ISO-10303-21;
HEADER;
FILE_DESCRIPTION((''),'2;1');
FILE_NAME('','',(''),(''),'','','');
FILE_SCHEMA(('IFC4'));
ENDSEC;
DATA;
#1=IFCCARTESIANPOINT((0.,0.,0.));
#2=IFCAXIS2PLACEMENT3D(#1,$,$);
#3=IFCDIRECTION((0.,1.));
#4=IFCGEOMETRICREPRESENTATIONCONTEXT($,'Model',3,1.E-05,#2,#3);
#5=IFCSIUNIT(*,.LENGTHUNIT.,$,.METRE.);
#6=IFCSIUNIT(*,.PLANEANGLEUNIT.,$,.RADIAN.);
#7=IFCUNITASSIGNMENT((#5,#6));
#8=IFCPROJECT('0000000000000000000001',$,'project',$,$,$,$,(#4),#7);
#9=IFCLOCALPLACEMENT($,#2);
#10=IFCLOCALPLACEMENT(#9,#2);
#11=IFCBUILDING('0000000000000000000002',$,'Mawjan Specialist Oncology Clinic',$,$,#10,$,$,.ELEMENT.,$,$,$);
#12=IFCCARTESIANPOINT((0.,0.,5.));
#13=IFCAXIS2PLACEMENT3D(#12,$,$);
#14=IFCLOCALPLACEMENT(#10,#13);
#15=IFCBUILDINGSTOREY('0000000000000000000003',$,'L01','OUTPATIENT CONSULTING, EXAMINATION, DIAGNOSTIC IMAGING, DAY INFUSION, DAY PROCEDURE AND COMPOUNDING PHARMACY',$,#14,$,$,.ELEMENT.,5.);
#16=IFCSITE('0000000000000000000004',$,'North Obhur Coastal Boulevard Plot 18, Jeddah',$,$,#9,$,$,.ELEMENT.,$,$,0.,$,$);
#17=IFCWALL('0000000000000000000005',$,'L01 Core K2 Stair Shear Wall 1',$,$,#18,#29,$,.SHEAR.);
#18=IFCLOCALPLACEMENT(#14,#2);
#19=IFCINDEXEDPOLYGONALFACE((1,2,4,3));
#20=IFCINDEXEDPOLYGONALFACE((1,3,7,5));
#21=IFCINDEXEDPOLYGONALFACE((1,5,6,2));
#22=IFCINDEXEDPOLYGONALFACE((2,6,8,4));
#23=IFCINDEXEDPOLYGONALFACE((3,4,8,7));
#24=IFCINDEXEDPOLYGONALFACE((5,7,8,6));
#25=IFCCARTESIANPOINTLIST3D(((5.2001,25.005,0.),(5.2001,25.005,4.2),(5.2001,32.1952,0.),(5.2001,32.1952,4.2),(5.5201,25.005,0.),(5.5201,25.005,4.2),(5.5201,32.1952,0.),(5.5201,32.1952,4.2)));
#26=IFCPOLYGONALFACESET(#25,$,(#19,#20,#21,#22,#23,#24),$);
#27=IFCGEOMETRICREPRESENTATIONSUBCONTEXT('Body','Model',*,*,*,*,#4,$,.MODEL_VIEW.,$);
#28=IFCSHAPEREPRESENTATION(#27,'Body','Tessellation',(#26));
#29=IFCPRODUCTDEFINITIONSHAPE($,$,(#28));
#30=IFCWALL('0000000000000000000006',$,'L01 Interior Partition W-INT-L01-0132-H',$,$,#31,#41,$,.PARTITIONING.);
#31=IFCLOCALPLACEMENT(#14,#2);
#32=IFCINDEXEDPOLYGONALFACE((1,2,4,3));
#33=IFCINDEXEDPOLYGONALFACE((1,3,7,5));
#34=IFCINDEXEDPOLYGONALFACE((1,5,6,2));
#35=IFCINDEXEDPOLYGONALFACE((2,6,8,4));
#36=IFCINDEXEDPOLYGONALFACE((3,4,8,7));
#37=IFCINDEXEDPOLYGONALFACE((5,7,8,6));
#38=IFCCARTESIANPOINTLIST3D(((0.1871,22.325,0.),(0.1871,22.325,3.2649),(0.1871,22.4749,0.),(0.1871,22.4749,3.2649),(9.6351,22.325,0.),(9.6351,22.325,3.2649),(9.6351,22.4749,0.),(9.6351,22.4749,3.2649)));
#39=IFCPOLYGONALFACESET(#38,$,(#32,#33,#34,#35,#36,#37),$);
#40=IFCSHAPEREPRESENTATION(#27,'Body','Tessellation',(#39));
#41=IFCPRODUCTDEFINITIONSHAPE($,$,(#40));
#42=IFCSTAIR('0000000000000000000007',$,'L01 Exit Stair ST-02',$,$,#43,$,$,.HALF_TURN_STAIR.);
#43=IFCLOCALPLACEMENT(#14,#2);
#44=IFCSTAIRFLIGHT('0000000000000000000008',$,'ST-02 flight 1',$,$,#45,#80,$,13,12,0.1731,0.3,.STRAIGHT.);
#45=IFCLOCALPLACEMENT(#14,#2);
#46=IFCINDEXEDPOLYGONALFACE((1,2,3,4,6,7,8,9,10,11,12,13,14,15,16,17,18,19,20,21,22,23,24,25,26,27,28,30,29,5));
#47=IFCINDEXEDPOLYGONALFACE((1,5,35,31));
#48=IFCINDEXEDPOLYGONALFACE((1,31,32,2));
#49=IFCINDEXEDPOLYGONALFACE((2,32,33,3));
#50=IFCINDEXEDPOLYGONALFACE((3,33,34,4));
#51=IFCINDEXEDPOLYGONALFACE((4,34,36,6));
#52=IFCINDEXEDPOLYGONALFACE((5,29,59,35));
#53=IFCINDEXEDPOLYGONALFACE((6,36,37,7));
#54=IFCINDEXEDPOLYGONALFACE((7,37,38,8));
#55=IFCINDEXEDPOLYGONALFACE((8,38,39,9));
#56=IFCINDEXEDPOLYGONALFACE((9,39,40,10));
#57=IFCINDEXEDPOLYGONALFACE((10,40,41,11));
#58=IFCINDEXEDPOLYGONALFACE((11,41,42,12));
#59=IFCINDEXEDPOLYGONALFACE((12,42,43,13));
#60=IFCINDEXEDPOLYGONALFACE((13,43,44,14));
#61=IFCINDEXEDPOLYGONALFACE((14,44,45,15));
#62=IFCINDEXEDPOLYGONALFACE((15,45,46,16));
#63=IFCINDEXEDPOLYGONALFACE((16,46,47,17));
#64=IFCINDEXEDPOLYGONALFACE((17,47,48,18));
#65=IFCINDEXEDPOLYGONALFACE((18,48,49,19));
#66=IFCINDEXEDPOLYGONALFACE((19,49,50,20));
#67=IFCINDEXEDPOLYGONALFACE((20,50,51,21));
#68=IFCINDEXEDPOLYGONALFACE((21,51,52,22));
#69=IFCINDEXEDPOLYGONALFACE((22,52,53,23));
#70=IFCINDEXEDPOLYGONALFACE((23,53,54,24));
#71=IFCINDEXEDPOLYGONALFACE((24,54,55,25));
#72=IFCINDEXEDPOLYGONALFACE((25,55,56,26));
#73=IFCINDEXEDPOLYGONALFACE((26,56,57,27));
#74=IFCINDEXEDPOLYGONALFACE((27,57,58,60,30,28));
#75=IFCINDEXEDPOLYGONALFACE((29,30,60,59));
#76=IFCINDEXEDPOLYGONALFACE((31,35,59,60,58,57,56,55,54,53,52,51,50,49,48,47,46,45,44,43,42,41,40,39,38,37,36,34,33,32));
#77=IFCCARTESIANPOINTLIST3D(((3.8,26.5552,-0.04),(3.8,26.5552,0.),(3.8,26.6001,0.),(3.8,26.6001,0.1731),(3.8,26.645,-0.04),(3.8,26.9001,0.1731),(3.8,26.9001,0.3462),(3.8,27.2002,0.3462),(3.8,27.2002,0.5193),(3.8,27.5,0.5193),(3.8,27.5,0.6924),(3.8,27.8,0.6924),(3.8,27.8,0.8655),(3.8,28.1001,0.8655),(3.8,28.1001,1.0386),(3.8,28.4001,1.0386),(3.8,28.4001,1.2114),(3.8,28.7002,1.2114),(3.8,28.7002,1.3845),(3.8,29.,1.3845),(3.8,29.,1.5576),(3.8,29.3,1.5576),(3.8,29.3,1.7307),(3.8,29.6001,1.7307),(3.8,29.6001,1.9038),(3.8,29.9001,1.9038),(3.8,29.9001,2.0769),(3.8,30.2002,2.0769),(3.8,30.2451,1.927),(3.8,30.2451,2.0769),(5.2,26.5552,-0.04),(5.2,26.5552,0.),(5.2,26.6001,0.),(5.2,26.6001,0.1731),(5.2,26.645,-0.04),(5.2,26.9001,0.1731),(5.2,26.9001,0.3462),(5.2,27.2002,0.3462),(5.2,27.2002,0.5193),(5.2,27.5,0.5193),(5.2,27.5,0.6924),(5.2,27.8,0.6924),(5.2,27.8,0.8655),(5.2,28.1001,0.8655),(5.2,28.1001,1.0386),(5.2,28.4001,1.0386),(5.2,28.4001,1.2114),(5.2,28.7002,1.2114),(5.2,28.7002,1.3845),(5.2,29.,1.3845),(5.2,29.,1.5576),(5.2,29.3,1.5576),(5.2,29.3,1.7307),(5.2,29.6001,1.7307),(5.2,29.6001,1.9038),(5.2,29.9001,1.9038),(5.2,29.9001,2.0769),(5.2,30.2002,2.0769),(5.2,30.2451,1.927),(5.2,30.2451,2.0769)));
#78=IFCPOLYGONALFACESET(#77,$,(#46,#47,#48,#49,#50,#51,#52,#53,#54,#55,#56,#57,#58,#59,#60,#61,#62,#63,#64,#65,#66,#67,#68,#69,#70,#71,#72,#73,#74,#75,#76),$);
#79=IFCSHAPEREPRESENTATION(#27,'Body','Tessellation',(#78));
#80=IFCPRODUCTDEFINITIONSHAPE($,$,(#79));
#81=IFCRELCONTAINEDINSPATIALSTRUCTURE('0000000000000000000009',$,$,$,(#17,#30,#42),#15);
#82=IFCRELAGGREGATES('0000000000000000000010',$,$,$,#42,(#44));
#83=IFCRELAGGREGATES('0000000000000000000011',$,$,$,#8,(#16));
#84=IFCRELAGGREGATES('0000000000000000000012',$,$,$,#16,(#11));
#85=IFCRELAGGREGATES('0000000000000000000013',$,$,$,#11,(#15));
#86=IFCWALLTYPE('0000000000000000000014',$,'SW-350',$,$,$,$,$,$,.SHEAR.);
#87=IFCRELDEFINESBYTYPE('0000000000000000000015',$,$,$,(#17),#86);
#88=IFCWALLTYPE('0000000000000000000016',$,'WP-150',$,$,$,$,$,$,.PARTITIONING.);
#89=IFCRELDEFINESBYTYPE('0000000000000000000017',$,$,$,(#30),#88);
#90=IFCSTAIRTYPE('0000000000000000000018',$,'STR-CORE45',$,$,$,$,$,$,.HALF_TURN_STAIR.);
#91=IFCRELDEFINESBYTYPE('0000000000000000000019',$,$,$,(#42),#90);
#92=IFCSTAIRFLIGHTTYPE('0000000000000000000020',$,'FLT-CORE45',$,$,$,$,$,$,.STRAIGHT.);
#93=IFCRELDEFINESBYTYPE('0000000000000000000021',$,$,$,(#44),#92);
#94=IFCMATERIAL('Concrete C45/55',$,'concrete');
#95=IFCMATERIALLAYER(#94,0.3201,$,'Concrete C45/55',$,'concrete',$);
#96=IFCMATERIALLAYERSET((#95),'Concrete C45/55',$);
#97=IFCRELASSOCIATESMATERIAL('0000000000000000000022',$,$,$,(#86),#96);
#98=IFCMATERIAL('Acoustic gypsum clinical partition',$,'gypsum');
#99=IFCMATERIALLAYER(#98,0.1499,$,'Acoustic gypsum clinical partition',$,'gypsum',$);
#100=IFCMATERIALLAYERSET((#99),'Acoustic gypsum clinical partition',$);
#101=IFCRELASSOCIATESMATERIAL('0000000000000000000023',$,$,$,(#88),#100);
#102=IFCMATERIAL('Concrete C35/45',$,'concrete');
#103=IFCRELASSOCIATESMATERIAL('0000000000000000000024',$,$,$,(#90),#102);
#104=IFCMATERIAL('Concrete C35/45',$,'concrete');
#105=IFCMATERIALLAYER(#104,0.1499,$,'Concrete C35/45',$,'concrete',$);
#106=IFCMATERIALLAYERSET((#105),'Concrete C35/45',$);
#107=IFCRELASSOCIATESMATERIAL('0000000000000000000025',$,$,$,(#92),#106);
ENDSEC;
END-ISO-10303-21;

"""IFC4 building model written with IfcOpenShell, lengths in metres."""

from ifc_helpers import new_model, si_unit, direction, frame, frame_2d, origin, place, context, subcontext, project, spatial, polyline, rectangle, outline, extrude, material, layer, layer_set, type_object, element, aggregate, save


model = new_model("IFC4")

# Units and contexts
model_context = context("Model", 3, precision=1e-05, world=origin(), true_north=direction((0.0, 1.0)))
body_context = subcontext(model_context, "Body", "Model", "MODEL_VIEW")
ifc_project = project(units=[si_unit("LENGTHUNIT", "METRE"), si_unit("PLANEANGLEUNIT", "RADIAN")], contexts=[model_context])

# Site, building, storey
site_placement = place(None, origin())
site = spatial("IfcSite", under=ifc_project, at=site_placement, Name="North Obhur Coastal Boulevard Plot 18, Jeddah", CompositionType="ELEMENT", RefElevation=0.0)
building_placement = place(site_placement, origin())
building = spatial("IfcBuilding", under=site, at=building_placement, Name="Mawjan Specialist Oncology Clinic", CompositionType="ELEMENT")
storey_placement = place(building_placement, frame((0.0, 0.0, 5.0)))
storey = spatial("IfcBuildingStorey", under=building, at=storey_placement, Name="L01", Description="OUTPATIENT CONSULTING, EXAMINATION, DIAGNOSTIC IMAGING, DAY INFUSION, DAY PROCEDURE AND COMPOUNDING PHARMACY", CompositionType="ELEMENT", Elevation=5.0)

# Wall
ifc_material_1 = material(Name="Concrete C45/55", Category="concrete")
ifc_layer_1 = layer(ifc_material_1, 0.3201, Name="Concrete C45/55", Category="concrete")
ifc_layer_set_1 = layer_set([ifc_layer_1], Name="Concrete C45/55")
wall_type_1 = type_object("IfcWallType", Name="SW-350", PredefinedType="SHEAR", material=ifc_layer_set_1)
wall_1_placement = place(storey_placement, frame((5.3601, 25.0049, 0.0), z_axis=(0.0, 0.0, 1.0), x_axis=(0.0, 1.0, 0.0)))
element("IfcWall", 1, at=wall_1_placement, inside=storey, type_object=wall_type_1, Name="L01 Core K2 Stair Shear Wall 1", PredefinedType="SHEAR", context=body_context, shape_type="SweptSolid", body=[
    extrude(rectangle(XDim=7.1902, YDim=0.3201, at=frame_2d((3.5952, 0.0))), origin(), (0.0, 0.0, 1.0), 4.2),
])

# Wall
ifc_material_2 = material(Name="Acoustic gypsum clinical partition", Category="gypsum")
ifc_layer_2 = layer(ifc_material_2, 0.1499, Name="Acoustic gypsum clinical partition", Category="gypsum")
ifc_layer_set_2 = layer_set([ifc_layer_2], Name="Acoustic gypsum clinical partition")
wall_type_2 = type_object("IfcWallType", Name="WP-150", PredefinedType="PARTITIONING", material=ifc_layer_set_2)
wall_2_placement = place(storey_placement, frame((0.187, 22.3999, 0.0), z_axis=(0.0, 0.0, 1.0), x_axis=(1.0, 0.0, 0.0)))
element("IfcWall", 2, at=wall_2_placement, inside=storey, type_object=wall_type_2, Name="L01 Interior Partition W-INT-L01-0132-H", PredefinedType="PARTITIONING", context=body_context, shape_type="SweptSolid", body=[
    extrude(rectangle(XDim=9.448, YDim=0.1499, at=frame_2d((4.7241, 0.0))), origin(), (0.0, 0.0, 1.0), 3.2649),
])

# Stair, stair flight
ifc_material_3 = material(Name="Concrete C35/45", Category="concrete")
stair_type = type_object("IfcStairType", Name="STR-CORE45", PredefinedType="HALF_TURN_STAIR", material=ifc_material_3)
stair_placement = place(storey_placement, origin())
stair = element("IfcStair", 3, at=stair_placement, inside=storey, type_object=stair_type, Name="L01 Exit Stair ST-02", PredefinedType="HALF_TURN_STAIR")
ifc_material_4 = material(Name="Concrete C35/45", Category="concrete")
ifc_layer_3 = layer(ifc_material_4, 0.1499, Name="Concrete C35/45", Category="concrete")
ifc_layer_set_3 = layer_set([ifc_layer_3], Name="Concrete C35/45")
stair_flight_type = type_object("IfcStairFlightType", Name="FLT-CORE45", PredefinedType="STRAIGHT", material=ifc_layer_set_3)
stair_flight_placement = place(storey_placement, frame((4.5, 26.6001, 0.0), z_axis=(0.0, 0.0, 1.0), x_axis=(0.0, 1.0, 0.0)))
stair_flight = element("IfcStairFlight", 4, at=stair_flight_placement, type_object=stair_flight_type, Name="ST-02 flight 1", NumberOfRisers=13, NumberOfTreads=12, PredefinedType="STRAIGHT", RiserHeight=0.1731, TreadLength=0.3, context=body_context, shape_type="SweptSolid", body=[
    extrude(outline(polyline([(-0.0449, -0.04), (-0.0449, 0.0), (0.0, 0.0), (0.0, 0.1731), (0.3, 0.1731), (0.3, 0.3462), (0.6001, 0.3462), (0.6001, 0.5193), (0.8999, 0.5193), (0.8999, 0.6924), (1.2, 0.6924), (1.2, 0.8655), (1.5, 0.8655), (1.5, 1.0386), (1.8, 1.0386), (1.8, 1.2114), (2.1001, 1.2114), (2.1001, 1.3845), (2.3999, 1.3845), (2.3999, 1.5576), (2.7, 1.5576), (2.7, 1.7307), (3.0, 1.7307), (3.0, 1.9038), (3.3, 1.9038), (3.3, 2.0769), (3.6001, 2.0769), (3.645, 2.0769), (3.645, 1.927), (0.0449, -0.04), (-0.0449, -0.04)])), frame((0.0, 0.7, 0.0), z_axis=(0.0, -1.0, 0.0), x_axis=(1.0, 0.0, 0.0)), (0.0, 0.0, 1.0), 1.3999),
])
aggregate(stair, [stair_flight])

save(model, "model.ifc")
